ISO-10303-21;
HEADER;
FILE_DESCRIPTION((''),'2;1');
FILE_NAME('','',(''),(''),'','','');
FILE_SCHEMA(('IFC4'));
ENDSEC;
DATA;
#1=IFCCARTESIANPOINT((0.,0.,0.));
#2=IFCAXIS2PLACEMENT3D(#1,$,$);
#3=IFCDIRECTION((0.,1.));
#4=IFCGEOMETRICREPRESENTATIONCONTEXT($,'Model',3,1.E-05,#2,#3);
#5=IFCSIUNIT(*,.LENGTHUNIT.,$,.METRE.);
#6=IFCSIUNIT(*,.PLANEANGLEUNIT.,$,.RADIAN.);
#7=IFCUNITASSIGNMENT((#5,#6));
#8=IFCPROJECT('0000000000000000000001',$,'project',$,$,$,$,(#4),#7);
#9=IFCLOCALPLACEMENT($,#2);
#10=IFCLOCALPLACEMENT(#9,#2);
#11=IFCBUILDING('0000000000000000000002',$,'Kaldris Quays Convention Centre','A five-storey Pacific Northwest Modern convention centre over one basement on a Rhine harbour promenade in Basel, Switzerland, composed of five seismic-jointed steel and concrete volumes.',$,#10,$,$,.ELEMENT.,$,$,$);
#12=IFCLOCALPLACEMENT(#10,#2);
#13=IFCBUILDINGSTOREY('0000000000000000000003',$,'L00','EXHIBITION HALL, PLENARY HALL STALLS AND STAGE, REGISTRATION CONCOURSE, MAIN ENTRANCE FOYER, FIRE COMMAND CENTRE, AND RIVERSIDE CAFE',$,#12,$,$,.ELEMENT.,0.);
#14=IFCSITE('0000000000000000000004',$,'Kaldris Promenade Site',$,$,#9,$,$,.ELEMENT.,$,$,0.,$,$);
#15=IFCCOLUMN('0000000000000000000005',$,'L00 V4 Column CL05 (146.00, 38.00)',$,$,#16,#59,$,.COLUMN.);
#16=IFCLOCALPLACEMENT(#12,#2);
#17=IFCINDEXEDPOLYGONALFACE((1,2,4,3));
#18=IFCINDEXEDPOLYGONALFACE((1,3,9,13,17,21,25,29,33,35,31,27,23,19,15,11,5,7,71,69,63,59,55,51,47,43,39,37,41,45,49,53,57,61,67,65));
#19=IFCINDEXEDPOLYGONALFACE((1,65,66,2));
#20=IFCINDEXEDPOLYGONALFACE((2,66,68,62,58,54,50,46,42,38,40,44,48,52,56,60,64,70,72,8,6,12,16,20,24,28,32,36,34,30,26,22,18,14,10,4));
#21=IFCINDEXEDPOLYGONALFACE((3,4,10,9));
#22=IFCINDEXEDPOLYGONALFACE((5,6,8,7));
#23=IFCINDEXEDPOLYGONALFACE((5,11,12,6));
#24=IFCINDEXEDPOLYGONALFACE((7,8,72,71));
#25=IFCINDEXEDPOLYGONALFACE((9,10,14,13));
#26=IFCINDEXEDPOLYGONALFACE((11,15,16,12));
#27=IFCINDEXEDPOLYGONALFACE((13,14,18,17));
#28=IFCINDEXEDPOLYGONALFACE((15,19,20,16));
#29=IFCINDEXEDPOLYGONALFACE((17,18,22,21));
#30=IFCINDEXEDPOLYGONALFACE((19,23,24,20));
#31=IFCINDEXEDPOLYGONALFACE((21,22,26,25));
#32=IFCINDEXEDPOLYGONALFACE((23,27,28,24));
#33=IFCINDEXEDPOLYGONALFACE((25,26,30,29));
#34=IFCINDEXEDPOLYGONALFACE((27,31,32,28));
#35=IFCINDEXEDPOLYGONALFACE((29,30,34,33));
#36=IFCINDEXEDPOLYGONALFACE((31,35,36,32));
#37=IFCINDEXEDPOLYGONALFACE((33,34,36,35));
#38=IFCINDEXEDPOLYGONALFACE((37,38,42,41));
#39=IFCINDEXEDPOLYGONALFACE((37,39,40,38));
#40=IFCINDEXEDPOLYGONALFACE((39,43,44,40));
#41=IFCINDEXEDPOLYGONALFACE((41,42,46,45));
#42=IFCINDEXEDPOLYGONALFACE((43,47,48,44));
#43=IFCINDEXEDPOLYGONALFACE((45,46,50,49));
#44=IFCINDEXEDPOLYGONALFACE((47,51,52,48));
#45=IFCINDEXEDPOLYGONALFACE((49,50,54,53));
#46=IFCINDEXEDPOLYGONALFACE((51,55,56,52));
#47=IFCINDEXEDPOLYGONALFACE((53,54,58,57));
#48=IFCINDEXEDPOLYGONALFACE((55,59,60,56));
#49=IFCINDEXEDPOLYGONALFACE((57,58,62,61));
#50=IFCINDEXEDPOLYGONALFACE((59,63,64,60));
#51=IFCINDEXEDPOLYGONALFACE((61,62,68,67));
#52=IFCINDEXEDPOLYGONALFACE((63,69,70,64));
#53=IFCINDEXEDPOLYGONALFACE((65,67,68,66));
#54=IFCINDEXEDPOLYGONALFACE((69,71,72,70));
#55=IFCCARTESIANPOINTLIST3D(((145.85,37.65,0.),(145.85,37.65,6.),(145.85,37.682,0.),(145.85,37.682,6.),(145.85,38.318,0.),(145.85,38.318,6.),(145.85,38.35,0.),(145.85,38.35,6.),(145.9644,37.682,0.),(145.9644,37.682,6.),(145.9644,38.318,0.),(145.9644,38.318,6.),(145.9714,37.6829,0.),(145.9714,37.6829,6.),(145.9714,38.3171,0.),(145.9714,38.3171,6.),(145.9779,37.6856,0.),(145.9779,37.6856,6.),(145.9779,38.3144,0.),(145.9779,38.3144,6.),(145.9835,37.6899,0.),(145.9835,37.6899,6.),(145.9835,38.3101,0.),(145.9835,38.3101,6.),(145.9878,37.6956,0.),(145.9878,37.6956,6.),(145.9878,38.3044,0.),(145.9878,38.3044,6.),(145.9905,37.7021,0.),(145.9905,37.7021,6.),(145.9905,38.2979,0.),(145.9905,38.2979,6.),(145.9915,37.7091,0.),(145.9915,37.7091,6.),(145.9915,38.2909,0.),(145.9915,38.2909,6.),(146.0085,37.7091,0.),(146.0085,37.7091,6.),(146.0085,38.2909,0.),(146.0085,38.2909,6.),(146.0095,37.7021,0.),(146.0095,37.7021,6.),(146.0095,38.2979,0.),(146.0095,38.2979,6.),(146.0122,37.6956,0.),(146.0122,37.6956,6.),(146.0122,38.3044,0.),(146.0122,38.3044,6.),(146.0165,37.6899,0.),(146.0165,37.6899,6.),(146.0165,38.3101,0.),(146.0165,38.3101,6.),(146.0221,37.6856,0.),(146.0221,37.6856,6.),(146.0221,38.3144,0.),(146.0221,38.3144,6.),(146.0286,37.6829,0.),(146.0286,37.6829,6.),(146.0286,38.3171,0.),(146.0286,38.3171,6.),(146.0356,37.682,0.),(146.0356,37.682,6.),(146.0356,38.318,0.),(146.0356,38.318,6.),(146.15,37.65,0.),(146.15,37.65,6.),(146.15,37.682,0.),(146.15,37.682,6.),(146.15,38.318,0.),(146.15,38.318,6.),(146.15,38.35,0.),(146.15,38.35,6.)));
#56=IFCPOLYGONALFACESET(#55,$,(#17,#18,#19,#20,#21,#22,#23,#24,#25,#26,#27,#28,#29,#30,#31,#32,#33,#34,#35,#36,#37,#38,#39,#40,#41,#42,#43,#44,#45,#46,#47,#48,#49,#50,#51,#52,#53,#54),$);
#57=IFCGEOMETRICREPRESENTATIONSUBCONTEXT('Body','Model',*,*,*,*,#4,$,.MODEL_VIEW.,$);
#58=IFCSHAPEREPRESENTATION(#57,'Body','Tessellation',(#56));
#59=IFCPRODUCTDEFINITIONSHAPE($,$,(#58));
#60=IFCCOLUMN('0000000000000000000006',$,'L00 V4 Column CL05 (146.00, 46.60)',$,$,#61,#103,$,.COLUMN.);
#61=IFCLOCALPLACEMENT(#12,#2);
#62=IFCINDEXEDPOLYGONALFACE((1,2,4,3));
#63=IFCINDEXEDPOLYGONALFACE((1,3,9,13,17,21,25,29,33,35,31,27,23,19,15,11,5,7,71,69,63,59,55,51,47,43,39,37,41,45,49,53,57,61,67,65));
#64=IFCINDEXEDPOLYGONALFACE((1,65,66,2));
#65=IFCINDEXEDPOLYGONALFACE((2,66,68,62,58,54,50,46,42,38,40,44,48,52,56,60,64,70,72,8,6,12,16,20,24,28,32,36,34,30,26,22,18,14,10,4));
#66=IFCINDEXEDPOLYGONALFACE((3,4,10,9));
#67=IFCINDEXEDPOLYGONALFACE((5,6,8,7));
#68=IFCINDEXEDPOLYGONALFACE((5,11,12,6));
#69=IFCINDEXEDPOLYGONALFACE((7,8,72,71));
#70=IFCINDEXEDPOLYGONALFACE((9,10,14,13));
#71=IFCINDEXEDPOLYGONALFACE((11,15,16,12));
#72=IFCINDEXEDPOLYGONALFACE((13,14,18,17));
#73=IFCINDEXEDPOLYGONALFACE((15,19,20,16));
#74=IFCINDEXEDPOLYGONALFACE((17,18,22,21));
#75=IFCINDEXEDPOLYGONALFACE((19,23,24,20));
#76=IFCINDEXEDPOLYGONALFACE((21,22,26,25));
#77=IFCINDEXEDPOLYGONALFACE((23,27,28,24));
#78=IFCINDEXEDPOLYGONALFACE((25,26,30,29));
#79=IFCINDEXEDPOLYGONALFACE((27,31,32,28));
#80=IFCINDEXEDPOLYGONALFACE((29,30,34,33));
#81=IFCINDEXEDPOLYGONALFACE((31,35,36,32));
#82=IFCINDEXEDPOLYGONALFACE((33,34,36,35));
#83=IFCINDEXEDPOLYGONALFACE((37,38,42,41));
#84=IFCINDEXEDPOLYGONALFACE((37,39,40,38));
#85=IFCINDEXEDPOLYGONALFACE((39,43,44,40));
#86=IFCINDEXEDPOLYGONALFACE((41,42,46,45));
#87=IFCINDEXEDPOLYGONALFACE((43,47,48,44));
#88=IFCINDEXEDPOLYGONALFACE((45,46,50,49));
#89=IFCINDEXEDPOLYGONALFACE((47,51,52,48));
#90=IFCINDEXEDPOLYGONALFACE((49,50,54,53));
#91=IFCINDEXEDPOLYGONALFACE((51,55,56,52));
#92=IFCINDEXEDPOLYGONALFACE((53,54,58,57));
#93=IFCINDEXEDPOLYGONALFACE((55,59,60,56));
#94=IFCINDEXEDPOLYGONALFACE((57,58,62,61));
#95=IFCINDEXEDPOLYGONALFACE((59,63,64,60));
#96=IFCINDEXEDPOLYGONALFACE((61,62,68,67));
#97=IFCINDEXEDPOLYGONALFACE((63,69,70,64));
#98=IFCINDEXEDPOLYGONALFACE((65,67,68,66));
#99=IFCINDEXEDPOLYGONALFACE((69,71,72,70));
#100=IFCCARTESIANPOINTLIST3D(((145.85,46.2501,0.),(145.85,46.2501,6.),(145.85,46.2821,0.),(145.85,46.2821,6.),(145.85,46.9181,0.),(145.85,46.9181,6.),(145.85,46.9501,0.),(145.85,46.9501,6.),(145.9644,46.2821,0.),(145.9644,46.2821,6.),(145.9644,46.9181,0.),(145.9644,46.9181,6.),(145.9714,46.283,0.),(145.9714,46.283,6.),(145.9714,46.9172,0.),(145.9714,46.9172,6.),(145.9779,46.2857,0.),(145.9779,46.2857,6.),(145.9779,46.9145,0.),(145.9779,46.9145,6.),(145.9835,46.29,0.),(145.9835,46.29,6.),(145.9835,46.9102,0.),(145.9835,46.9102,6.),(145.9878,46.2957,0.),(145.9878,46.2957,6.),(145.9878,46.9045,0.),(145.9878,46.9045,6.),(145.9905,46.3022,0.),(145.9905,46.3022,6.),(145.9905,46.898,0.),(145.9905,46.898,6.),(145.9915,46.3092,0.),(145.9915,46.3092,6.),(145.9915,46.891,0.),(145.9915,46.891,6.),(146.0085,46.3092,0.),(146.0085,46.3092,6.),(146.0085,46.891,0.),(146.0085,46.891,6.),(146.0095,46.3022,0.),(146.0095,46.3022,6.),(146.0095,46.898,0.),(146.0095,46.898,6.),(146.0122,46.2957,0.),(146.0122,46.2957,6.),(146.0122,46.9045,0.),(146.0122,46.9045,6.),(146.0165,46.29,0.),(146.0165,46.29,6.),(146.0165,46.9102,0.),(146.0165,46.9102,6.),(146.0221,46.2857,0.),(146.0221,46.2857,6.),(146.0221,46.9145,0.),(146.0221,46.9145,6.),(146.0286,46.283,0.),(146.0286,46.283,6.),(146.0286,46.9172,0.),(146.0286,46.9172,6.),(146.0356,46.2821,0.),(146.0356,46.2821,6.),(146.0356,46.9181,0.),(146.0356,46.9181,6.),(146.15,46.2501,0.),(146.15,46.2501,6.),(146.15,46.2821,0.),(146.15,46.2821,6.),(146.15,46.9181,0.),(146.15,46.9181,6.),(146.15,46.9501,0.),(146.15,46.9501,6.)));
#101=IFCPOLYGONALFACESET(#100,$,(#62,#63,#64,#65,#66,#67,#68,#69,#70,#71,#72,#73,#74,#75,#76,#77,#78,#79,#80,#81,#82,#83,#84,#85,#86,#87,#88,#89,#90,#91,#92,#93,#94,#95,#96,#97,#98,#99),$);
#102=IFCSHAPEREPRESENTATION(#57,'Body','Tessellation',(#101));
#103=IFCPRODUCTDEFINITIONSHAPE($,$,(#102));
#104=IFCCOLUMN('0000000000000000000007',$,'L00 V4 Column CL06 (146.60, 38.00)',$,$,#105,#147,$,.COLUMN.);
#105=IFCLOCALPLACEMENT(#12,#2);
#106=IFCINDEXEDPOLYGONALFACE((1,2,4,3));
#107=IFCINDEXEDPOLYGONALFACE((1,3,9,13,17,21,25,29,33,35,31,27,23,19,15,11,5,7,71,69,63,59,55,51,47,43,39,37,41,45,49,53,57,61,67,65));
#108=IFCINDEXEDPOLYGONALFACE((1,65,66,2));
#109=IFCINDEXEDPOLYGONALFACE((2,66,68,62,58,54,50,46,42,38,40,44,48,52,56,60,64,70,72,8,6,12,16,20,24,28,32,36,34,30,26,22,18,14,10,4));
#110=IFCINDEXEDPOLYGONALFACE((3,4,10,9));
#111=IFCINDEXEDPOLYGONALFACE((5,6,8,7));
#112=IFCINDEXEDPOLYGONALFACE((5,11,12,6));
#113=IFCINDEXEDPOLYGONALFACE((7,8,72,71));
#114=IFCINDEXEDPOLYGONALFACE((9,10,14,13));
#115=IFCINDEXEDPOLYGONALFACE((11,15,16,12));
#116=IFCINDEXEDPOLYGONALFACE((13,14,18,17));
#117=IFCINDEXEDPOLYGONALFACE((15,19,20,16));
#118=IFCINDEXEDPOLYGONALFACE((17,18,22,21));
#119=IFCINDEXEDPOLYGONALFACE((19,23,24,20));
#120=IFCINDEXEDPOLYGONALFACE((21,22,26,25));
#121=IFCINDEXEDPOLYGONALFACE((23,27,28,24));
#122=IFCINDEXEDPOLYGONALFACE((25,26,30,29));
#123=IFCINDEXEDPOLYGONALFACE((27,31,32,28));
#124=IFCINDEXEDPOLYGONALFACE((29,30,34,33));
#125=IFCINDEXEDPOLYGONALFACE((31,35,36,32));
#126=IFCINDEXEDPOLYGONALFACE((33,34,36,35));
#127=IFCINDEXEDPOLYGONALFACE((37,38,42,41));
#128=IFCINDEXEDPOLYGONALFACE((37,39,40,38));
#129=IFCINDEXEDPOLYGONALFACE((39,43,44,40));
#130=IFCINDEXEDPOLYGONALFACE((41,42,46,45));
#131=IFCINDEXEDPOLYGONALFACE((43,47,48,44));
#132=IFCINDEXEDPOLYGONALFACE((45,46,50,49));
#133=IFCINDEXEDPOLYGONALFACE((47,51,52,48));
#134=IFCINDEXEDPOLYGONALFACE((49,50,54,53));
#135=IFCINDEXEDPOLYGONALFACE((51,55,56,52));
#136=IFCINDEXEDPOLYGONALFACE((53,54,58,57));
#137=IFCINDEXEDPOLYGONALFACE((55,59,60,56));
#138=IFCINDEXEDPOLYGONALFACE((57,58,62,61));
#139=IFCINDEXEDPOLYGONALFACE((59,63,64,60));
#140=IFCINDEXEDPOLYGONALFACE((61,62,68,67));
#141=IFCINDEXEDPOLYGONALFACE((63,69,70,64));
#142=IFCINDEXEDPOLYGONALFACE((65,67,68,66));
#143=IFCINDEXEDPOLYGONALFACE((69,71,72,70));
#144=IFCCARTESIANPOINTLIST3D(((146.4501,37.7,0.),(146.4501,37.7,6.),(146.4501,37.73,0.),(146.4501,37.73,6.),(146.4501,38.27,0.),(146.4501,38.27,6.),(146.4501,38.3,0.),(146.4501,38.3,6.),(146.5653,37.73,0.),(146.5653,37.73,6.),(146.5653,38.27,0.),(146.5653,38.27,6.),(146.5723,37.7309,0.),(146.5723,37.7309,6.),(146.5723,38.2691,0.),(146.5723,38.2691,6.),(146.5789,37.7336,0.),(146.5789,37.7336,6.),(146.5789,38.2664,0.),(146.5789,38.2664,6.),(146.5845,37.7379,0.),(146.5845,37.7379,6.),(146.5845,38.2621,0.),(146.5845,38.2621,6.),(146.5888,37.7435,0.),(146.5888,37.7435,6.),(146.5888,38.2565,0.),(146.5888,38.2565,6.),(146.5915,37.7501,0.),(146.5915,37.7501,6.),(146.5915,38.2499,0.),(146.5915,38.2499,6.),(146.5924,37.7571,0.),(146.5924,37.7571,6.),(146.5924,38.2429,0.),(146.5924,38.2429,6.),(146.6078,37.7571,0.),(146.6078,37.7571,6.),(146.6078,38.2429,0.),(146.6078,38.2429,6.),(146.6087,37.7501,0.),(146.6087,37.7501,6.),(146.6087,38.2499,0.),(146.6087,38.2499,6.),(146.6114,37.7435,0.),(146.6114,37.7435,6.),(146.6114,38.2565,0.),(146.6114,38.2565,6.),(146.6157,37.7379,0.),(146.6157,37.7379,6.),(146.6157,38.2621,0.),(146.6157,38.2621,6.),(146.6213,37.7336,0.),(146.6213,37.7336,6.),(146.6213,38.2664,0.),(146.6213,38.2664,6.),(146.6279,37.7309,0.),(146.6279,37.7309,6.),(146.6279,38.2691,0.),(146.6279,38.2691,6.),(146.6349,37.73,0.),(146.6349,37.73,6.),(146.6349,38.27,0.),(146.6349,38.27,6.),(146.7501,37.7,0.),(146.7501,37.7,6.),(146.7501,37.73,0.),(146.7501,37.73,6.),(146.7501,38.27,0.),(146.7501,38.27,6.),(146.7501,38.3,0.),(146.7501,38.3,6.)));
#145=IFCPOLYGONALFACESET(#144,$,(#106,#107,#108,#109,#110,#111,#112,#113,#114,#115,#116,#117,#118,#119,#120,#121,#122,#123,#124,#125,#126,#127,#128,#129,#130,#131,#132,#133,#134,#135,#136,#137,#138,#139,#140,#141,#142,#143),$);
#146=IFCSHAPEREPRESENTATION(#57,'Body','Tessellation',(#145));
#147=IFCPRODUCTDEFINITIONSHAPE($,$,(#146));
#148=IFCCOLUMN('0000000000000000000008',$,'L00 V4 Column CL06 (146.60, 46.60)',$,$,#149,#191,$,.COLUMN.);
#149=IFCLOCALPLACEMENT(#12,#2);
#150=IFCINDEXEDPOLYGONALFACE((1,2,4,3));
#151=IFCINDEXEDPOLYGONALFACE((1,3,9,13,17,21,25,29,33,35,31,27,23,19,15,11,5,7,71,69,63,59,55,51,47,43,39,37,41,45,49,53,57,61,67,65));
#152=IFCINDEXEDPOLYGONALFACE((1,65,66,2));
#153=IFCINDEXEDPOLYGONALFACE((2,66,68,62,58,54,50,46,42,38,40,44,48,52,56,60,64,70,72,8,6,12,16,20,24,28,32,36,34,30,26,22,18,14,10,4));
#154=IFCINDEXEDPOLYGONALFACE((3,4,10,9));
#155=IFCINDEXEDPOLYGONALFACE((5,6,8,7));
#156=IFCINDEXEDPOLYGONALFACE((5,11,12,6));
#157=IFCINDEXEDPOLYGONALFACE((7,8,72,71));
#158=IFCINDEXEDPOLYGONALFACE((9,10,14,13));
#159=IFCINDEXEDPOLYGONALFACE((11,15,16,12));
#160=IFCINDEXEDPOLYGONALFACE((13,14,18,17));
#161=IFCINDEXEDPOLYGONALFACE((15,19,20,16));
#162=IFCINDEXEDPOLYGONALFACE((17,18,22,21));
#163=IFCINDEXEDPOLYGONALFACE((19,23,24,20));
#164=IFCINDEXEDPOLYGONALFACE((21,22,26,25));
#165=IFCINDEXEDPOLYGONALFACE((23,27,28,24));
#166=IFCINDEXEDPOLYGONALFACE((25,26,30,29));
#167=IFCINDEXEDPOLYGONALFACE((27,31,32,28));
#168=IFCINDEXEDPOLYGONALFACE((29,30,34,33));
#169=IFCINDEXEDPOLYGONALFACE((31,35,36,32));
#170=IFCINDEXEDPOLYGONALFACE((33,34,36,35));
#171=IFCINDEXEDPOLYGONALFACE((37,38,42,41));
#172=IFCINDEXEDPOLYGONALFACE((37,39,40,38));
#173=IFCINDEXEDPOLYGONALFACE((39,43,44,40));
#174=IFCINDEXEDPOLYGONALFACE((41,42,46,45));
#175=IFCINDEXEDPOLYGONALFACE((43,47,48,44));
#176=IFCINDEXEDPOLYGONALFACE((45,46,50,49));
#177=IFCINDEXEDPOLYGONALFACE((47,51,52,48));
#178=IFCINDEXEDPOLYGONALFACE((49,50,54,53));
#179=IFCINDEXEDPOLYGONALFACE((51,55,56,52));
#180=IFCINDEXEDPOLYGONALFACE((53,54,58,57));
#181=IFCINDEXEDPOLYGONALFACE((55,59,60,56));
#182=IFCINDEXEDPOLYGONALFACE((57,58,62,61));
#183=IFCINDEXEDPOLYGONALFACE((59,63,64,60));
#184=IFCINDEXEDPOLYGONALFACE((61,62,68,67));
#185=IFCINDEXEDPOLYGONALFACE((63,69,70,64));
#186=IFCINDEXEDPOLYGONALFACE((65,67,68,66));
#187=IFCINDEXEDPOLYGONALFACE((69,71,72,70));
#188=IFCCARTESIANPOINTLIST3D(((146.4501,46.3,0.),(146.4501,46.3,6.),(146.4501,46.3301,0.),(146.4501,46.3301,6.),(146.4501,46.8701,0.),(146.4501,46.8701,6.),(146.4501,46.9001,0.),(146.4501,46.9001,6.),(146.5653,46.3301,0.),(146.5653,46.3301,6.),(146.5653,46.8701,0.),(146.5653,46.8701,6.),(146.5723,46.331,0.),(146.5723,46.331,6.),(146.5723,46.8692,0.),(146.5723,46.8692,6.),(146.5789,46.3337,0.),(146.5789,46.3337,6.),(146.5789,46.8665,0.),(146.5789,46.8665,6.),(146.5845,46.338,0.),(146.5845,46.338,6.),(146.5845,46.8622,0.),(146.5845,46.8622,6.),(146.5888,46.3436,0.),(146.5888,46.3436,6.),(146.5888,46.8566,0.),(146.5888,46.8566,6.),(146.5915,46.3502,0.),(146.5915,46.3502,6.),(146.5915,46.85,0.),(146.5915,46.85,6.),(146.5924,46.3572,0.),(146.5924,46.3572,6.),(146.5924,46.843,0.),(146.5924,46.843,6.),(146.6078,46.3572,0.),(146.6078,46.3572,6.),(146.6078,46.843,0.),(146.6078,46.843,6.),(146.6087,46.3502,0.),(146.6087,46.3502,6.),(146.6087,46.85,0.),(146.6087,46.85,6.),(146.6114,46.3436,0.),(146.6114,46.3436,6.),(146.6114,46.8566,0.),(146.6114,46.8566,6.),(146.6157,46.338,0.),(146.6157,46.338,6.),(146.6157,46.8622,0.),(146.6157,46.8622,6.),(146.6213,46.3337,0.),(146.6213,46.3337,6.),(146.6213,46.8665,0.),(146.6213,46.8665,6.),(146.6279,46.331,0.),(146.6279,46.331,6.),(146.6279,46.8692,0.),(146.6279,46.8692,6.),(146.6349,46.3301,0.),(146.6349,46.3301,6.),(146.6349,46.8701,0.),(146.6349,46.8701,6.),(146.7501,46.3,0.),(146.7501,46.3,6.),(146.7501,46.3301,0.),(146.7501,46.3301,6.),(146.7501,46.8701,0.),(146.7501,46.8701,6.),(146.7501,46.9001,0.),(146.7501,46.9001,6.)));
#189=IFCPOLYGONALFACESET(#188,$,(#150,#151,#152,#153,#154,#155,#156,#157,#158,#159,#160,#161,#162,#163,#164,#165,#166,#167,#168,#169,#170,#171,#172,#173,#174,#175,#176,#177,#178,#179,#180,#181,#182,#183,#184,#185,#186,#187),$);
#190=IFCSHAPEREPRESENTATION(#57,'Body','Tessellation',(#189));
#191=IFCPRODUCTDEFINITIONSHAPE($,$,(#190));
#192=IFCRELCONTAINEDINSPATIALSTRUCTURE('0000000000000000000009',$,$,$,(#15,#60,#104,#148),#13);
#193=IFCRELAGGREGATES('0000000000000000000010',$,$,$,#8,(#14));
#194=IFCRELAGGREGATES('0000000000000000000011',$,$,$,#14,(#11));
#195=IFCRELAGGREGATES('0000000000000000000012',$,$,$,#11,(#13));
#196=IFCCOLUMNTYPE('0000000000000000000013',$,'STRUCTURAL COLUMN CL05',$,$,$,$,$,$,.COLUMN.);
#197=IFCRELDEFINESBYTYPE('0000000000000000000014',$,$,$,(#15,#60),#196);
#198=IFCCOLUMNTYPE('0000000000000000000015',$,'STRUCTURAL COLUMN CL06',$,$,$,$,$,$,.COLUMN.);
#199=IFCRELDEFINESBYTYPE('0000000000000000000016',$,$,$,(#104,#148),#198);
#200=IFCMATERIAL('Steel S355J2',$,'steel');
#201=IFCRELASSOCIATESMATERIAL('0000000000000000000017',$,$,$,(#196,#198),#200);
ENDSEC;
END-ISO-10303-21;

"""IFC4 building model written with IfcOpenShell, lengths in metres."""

from ifc_helpers import new_model, si_unit, direction, frame, origin, origin_2d, place, context, subcontext, project, spatial, i_section, extrude, material, material_profile, profile_set, type_object, element, save


model = new_model("IFC4")

# Units and contexts
model_context = context("Model", 3, precision=1e-05, world=origin(), true_north=direction((0.0, 1.0)))
body_context = subcontext(model_context, "Body", "Model", "MODEL_VIEW")
ifc_project = project(units=[si_unit("LENGTHUNIT", "METRE"), si_unit("PLANEANGLEUNIT", "RADIAN")], contexts=[model_context])

# Site, building, storey
site_placement = place(None, origin())
site = spatial("IfcSite", under=ifc_project, at=site_placement, Name="Kaldris Promenade Site", CompositionType="ELEMENT", RefElevation=0.0)
building_placement = place(site_placement, origin())
building = spatial("IfcBuilding", under=site, at=building_placement, Name="Kaldris Quays Convention Centre", Description="A five-storey Pacific Northwest Modern convention centre over one basement on a Rhine harbour promenade in Basel, Switzerland, composed of five seismic-jointed steel and concrete volumes.", CompositionType="ELEMENT")
storey_placement = place(building_placement, origin())
storey = spatial("IfcBuildingStorey", under=building, at=storey_placement, Name="L00", Description="EXHIBITION HALL, PLENARY HALL STALLS AND STAGE, REGISTRATION CONCOURSE, MAIN ENTRANCE FOYER, FIRE COMMAND CENTRE, AND RIVERSIDE CAFE", CompositionType="ELEMENT", Elevation=0.0)

# Columns
ifc_material_1 = material(Name="Steel S355J2", Category="steel")
ifc_material_profile_1 = material_profile(ifc_material_1, i_section(OverallWidth=0.3, OverallDepth=0.7, WebThickness=0.0171, FlangeThickness=0.032, FilletRadius=0.0271, at=origin_2d()), Name="HEB 700")
ifc_profile_set_1 = profile_set([ifc_material_profile_1], Name="Steel S355J2")
column_type_1 = type_object("IfcColumnType", Name="STRUCTURAL COLUMN CL05", PredefinedType="COLUMN", material=ifc_profile_set_1)
for number, where, z_axis, x_axis, name in (
    (1, (146.0, 38.0, 0.0), (0.0, 0.0, 1.0), (1.0, 0.0, 0.0), "L00 V4 Column CL05 (146.00, 38.00)"),
    (2, (146.0, 46.6001, 0.0), (0.0, 0.0, 1.0), (1.0, 0.0, 0.0), "L00 V4 Column CL05 (146.00, 46.60)"),
):
    element("IfcColumn", number, at=place(storey_placement, frame(where, z_axis=z_axis, x_axis=x_axis)), inside=storey, type_object=column_type_1, Name=name, PredefinedType="COLUMN", context=body_context, shape_type="SweptSolid", body=[
        extrude(i_section(OverallWidth=0.3, OverallDepth=0.7, WebThickness=0.0171, FlangeThickness=0.032, FilletRadius=0.0271, at=origin_2d()), origin(), (0.0, 0.0, 1.0), 6.0),
    ])
ifc_material_profile_2 = material_profile(ifc_material_1, i_section(OverallWidth=0.3, OverallDepth=0.6001, WebThickness=0.0154, FlangeThickness=0.03, FilletRadius=0.0271, at=origin_2d()), Name="HEB 600")
ifc_profile_set_2 = profile_set([ifc_material_profile_2], Name="Steel S355J2")
column_type_2 = type_object("IfcColumnType", Name="STRUCTURAL COLUMN CL06", PredefinedType="COLUMN", material=ifc_profile_set_2)
for number, where, z_axis, x_axis, name in (
    (3, (146.6001, 38.0, 0.0), (0.0, 0.0, 1.0), (1.0, 0.0, 0.0), "L00 V4 Column CL06 (146.60, 38.00)"),
    (4, (146.6001, 46.6001, 0.0), (0.0, 0.0, 1.0), (1.0, 0.0, 0.0), "L00 V4 Column CL06 (146.60, 46.60)"),
):
    element("IfcColumn", number, at=place(storey_placement, frame(where, z_axis=z_axis, x_axis=x_axis)), inside=storey, type_object=column_type_2, Name=name, PredefinedType="COLUMN", context=body_context, shape_type="SweptSolid", body=[
        extrude(i_section(OverallWidth=0.3, OverallDepth=0.6001, WebThickness=0.0154, FlangeThickness=0.03, FilletRadius=0.0271, at=origin_2d()), origin(), (0.0, 0.0, 1.0), 6.0),
    ])

save(model, "model.ifc")
